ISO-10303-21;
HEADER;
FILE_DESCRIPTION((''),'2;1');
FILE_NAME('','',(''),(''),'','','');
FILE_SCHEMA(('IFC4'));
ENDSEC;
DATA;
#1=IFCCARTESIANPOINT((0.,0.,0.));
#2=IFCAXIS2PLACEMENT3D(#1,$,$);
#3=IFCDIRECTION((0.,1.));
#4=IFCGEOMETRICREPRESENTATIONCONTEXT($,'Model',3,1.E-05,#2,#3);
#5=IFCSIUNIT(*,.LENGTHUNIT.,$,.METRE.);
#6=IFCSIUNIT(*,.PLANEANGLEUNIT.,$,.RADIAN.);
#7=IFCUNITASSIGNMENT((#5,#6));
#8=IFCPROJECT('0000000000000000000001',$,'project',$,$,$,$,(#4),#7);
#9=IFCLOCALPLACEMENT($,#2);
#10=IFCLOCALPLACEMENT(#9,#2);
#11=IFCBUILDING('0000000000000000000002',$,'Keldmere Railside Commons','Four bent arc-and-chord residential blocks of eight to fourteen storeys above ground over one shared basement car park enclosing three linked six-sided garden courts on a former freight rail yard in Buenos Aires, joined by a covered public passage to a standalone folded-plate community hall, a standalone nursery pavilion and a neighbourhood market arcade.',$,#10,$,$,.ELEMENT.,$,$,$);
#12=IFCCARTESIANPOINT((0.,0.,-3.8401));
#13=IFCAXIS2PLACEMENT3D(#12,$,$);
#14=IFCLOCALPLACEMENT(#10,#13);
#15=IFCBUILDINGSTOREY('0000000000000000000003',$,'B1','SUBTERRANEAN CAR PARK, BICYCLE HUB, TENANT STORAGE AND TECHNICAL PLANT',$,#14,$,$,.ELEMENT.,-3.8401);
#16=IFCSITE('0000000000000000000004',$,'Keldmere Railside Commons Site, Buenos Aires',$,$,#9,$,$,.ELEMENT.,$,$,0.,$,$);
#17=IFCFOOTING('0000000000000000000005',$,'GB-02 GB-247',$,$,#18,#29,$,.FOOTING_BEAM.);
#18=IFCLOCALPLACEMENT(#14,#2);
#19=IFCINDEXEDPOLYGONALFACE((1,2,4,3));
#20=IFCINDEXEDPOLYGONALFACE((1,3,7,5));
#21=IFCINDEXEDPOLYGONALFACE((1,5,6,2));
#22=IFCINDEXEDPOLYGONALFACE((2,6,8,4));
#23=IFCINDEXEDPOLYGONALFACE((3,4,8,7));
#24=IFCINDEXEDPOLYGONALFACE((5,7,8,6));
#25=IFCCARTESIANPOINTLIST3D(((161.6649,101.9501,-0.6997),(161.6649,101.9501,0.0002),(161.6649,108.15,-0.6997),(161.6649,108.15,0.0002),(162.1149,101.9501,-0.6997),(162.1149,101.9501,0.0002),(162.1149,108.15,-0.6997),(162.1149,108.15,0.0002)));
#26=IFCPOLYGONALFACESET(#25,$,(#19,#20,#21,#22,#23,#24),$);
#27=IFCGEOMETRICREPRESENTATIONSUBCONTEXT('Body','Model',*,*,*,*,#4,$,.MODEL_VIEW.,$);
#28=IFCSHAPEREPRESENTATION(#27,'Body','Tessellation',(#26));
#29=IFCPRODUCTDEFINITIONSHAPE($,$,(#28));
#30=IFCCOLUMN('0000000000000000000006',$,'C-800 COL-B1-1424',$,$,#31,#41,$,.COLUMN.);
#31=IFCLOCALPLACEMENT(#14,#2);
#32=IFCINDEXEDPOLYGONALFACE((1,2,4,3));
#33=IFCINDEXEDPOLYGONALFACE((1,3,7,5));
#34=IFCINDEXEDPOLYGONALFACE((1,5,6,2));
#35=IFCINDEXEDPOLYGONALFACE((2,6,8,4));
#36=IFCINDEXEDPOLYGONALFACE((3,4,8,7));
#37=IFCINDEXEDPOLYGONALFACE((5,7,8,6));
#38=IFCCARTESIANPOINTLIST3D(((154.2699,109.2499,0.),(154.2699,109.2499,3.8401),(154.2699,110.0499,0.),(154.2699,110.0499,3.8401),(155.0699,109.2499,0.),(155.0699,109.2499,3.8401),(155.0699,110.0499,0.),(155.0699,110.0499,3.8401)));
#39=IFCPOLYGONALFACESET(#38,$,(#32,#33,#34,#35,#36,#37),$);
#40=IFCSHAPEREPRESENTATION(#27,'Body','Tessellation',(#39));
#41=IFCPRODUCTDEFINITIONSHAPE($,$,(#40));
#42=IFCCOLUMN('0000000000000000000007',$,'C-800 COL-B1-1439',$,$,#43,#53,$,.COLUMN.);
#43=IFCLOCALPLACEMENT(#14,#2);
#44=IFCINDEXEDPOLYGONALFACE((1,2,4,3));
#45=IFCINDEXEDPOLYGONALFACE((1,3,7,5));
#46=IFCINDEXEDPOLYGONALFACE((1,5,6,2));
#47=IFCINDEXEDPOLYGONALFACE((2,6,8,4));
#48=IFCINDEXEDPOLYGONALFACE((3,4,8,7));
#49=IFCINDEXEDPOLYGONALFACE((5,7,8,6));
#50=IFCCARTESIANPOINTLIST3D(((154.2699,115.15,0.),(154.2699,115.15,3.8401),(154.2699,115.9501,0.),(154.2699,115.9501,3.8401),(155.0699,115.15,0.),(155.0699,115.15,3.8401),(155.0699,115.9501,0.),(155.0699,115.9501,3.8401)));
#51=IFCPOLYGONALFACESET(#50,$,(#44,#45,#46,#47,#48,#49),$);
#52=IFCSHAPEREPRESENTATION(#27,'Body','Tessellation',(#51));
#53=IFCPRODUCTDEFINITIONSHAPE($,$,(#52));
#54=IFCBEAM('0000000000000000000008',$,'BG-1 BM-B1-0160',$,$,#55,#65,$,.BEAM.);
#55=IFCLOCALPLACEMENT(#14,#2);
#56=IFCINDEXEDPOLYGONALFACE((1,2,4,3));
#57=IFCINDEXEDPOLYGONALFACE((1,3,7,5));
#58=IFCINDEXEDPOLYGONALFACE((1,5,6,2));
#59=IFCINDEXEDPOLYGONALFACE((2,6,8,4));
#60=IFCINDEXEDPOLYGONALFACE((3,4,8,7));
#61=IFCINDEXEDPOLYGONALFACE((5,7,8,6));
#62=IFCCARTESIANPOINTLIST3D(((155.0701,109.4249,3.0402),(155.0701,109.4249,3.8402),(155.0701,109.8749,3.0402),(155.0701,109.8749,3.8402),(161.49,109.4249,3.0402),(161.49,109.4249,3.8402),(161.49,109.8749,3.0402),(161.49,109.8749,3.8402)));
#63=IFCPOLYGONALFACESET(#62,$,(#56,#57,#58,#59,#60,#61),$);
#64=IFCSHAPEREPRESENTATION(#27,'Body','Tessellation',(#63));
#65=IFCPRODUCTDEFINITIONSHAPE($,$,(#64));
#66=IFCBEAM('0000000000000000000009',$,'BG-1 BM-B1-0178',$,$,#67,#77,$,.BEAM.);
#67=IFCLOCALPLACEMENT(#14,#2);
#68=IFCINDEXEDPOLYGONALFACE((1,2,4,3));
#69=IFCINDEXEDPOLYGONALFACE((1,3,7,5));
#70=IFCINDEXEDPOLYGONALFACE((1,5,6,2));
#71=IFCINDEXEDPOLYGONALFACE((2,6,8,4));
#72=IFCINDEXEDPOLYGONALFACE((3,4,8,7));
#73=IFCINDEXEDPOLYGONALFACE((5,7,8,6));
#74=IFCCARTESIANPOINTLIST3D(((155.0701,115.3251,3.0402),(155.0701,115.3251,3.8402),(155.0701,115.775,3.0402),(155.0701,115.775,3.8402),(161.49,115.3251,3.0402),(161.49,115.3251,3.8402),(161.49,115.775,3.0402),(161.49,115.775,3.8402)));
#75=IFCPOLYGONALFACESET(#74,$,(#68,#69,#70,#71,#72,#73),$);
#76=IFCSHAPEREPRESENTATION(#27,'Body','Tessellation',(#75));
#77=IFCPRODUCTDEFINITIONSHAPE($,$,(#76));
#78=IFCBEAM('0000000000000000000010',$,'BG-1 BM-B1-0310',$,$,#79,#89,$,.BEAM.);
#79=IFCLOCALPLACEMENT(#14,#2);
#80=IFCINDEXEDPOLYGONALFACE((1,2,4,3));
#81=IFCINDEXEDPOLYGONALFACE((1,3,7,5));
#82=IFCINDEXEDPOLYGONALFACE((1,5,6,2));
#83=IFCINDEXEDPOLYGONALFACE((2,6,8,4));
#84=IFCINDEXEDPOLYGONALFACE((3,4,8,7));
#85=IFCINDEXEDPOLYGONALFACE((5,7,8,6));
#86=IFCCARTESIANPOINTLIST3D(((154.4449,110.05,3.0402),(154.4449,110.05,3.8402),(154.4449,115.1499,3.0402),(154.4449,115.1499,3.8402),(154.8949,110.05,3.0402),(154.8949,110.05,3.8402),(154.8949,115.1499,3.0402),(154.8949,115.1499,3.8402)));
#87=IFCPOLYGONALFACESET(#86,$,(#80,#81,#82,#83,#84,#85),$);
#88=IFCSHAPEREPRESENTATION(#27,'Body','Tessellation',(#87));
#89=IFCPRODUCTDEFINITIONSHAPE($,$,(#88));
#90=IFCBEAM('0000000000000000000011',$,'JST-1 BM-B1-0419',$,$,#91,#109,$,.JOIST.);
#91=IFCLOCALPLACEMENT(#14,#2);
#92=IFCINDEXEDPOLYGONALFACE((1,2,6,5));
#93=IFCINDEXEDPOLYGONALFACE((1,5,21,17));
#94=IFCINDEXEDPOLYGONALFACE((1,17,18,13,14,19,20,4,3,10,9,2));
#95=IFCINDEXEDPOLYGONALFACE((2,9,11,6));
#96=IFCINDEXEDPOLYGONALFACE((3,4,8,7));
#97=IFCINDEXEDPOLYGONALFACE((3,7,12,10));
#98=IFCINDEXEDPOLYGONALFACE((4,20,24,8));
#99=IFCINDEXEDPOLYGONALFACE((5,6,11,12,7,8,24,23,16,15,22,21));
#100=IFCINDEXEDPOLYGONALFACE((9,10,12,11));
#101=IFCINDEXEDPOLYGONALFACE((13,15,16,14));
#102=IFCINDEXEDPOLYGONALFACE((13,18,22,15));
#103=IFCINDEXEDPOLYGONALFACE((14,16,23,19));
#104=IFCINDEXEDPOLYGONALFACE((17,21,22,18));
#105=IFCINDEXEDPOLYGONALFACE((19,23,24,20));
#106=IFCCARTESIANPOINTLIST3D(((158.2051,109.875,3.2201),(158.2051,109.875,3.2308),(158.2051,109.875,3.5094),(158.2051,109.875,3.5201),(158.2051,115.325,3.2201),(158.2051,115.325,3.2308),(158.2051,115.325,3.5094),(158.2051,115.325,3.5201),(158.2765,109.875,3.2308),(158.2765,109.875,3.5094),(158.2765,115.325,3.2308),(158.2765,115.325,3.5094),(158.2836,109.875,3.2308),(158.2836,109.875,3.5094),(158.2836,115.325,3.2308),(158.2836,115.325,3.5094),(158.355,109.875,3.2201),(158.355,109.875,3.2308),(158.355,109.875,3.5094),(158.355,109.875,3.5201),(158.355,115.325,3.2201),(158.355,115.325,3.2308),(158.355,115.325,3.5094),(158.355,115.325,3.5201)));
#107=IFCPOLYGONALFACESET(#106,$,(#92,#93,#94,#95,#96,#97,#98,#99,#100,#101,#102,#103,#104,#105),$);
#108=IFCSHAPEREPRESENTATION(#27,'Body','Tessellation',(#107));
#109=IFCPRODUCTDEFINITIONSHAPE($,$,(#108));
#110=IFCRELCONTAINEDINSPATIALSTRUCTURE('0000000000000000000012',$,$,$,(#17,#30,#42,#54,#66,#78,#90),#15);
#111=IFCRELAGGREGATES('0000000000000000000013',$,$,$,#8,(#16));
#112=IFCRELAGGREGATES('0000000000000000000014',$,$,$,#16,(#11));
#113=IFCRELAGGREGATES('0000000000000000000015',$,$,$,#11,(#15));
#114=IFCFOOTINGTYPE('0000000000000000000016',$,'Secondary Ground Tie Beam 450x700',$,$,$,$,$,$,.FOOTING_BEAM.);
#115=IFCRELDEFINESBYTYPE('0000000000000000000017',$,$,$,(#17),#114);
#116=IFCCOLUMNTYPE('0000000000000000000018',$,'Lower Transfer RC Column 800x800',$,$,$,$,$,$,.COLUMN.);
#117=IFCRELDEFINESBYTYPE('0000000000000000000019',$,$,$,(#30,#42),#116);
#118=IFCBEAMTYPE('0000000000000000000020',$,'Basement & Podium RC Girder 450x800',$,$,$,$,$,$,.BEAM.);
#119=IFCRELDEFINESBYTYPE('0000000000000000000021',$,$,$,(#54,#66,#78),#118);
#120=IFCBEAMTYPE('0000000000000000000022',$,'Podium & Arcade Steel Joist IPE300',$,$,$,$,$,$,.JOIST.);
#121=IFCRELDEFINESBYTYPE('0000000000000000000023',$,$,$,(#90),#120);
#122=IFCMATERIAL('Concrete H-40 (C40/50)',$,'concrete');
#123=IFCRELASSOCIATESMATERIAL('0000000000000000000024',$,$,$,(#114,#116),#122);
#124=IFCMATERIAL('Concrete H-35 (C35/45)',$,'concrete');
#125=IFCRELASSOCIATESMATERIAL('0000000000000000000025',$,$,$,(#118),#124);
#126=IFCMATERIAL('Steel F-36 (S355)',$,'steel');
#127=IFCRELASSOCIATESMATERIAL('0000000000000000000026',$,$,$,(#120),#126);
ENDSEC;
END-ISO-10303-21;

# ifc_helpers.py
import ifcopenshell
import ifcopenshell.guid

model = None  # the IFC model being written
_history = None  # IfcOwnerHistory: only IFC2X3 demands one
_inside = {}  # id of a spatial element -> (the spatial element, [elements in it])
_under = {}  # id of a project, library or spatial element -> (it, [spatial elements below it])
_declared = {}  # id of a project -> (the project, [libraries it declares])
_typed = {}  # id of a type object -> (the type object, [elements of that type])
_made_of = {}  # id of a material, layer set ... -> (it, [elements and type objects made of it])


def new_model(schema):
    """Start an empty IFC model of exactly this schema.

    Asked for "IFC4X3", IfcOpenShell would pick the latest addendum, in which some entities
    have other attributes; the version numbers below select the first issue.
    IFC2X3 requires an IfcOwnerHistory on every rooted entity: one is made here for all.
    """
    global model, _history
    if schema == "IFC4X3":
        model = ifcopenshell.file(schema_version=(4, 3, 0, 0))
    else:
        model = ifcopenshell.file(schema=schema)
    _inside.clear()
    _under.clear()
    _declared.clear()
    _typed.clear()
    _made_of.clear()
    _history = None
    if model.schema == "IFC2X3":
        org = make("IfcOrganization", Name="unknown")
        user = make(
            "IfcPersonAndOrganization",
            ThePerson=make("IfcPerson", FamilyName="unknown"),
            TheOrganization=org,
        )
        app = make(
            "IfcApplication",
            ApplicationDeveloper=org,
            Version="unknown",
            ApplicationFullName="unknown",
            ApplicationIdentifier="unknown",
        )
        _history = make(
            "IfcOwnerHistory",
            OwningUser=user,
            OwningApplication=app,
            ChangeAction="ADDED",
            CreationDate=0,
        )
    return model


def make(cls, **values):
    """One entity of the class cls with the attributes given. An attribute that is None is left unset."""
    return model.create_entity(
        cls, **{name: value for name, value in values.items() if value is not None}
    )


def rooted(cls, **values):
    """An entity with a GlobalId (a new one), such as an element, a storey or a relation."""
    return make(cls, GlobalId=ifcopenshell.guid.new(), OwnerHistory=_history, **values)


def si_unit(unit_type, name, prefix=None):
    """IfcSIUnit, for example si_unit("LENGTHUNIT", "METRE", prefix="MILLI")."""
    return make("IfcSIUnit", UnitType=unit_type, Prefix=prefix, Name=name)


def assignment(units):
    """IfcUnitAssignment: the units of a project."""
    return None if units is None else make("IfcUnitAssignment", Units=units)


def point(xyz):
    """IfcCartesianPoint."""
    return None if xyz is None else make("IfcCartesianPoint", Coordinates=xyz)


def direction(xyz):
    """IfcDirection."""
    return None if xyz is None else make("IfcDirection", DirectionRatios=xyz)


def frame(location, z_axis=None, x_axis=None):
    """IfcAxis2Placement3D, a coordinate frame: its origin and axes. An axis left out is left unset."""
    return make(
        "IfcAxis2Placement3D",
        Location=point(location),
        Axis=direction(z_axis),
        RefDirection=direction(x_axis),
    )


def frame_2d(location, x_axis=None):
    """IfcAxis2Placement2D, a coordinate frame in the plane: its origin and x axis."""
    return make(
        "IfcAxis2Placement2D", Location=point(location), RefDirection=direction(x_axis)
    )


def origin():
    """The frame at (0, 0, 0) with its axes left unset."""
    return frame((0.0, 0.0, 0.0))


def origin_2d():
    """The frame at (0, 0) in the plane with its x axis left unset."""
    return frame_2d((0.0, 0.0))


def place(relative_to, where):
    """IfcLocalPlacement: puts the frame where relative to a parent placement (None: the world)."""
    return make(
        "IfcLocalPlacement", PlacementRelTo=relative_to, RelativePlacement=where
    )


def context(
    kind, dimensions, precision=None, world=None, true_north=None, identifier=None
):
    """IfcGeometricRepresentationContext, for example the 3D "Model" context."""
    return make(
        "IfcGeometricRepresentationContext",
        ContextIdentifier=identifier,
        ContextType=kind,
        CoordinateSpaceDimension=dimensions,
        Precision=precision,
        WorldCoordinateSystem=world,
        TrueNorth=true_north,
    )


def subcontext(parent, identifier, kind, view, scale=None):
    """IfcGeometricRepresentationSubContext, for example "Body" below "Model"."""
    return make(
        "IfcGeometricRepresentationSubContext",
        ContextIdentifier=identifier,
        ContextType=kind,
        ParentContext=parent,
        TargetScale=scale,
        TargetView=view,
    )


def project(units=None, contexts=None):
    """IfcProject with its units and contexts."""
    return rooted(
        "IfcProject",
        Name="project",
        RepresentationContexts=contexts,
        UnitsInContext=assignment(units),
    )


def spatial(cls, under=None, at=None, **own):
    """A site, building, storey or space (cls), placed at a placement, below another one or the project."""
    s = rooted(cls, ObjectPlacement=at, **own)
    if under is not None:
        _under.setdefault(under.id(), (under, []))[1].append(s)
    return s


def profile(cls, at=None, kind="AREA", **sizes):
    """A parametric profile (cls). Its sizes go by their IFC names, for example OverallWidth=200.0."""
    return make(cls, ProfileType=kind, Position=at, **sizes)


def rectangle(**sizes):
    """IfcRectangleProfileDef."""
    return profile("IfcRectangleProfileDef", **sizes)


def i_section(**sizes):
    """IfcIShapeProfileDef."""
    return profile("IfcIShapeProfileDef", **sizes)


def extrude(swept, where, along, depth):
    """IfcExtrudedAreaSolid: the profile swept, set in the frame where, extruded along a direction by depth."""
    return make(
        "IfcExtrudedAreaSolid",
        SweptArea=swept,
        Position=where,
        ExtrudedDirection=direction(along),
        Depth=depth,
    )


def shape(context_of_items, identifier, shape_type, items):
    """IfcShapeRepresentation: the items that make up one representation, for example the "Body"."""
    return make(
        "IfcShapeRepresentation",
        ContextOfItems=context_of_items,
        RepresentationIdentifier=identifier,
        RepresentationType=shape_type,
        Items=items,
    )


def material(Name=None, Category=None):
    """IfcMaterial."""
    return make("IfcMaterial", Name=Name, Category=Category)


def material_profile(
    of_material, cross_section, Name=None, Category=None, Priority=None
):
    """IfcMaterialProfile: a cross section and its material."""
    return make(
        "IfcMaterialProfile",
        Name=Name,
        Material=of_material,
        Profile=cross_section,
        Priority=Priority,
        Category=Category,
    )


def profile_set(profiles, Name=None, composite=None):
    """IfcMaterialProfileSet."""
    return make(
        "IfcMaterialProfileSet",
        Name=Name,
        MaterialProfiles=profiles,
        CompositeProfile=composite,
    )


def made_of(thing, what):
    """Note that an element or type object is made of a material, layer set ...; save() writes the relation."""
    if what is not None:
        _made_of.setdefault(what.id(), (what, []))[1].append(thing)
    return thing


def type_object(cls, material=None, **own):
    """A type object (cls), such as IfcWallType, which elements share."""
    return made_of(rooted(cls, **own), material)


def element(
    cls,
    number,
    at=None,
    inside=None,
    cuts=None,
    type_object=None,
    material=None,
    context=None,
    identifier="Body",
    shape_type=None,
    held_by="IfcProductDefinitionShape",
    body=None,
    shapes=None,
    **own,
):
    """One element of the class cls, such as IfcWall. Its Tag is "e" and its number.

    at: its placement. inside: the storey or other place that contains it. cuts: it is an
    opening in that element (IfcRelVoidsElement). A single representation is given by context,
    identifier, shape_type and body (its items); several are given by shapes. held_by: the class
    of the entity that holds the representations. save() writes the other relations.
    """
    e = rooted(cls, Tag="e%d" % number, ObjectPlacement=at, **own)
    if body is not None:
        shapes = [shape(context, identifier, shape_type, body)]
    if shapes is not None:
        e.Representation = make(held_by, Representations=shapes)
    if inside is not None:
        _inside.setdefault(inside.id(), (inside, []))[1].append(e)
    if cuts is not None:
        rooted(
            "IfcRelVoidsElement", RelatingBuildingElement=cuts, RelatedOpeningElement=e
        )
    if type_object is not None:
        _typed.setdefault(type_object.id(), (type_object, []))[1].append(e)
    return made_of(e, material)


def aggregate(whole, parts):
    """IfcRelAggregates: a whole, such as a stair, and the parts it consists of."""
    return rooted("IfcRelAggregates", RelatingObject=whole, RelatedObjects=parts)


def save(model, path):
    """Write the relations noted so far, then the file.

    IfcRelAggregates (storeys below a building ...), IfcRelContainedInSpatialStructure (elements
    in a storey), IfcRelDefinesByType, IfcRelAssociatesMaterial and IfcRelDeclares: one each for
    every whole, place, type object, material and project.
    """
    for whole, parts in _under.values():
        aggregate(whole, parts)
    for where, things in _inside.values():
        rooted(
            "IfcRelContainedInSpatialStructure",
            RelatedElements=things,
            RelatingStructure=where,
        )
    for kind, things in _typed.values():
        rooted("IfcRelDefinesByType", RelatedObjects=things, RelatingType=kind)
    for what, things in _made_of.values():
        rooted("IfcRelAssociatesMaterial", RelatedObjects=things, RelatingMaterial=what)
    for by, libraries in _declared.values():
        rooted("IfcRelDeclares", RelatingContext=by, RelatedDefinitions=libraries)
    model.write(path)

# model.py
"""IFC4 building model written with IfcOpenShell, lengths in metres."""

from ifc_helpers import new_model, si_unit, direction, frame, origin, origin_2d, place, context, subcontext, project, spatial, rectangle, i_section, extrude, material, material_profile, profile_set, type_object, element, save


model = new_model("IFC4")

# Units and contexts
model_context = context("Model", 3, precision=1e-05, world=origin(), true_north=direction((0.0, 1.0)))
body_context = subcontext(model_context, "Body", "Model", "MODEL_VIEW")
ifc_project = project(units=[si_unit("LENGTHUNIT", "METRE"), si_unit("PLANEANGLEUNIT", "RADIAN")], contexts=[model_context])

# Site, building, storey
site_placement = place(None, origin())
site = spatial("IfcSite", under=ifc_project, at=site_placement, Name="Keldmere Railside Commons Site, Buenos Aires", CompositionType="ELEMENT", RefElevation=0.0)
building_placement = place(site_placement, origin())
building = spatial("IfcBuilding", under=site, at=building_placement, Name="Keldmere Railside Commons", Description="Four bent arc-and-chord residential blocks of eight to fourteen storeys above ground over one shared basement car park enclosing three linked six-sided garden courts on a former freight rail yard in Buenos Aires, joined by a covered public passage to a standalone folded-plate community hall, a standalone nursery pavilion and a neighbourhood market arcade.", CompositionType="ELEMENT")
storey_placement = place(building_placement, frame((0.0, 0.0, -3.8401)))
storey = spatial("IfcBuildingStorey", under=building, at=storey_placement, Name="B1", Description="SUBTERRANEAN CAR PARK, BICYCLE HUB, TENANT STORAGE AND TECHNICAL PLANT", CompositionType="ELEMENT", Elevation=-3.8401)

# Footing
ifc_material_1 = material(Name="Concrete H-40 (C40/50)", Category="concrete")
footing_type_1 = type_object("IfcFootingType", Name="Secondary Ground Tie Beam 450x700", PredefinedType="FOOTING_BEAM", material=ifc_material_1)
footing_1_placement = place(storey_placement, frame((161.8899, 105.05, -0.6997), z_axis=(0.0, 0.0, 1.0), x_axis=(0.0, 1.0, 0.0)))
element("IfcFooting", 1, at=footing_1_placement, inside=storey, type_object=footing_type_1, Name="GB-02 GB-247", PredefinedType="FOOTING_BEAM", context=body_context, shape_type="SweptSolid", body=[
    extrude(rectangle(XDim=6.2, YDim=0.45, at=origin_2d()), origin(), (0.0, 0.0, 1.0), 0.7),
])

# Columns
ifc_material_profile_1 = material_profile(ifc_material_1, rectangle(XDim=0.8, YDim=0.8, at=origin_2d()), Name="RC-800x800")
ifc_profile_set_1 = profile_set([ifc_material_profile_1], Name="Concrete H-40 (C40/50)")
column_type = type_object("IfcColumnType", Name="Lower Transfer RC Column 800x800", PredefinedType="COLUMN", material=ifc_profile_set_1)
for number, where, z_axis, x_axis, name in (
    (2, (154.6699, 109.6499, 0.0), (0.0, 0.0, 1.0), (1.0, 0.0, 0.0), "C-800 COL-B1-1424"),
    (3, (154.6699, 115.55, 0.0), (0.0, 0.0, 1.0), (1.0, 0.0, 0.0), "C-800 COL-B1-1439"),
):
    element("IfcColumn", number, at=place(storey_placement, frame(where, z_axis=z_axis, x_axis=x_axis)), inside=storey, type_object=column_type, Name=name, PredefinedType="COLUMN", context=body_context, shape_type="SweptSolid", body=[
        extrude(rectangle(XDim=0.8, YDim=0.8, at=origin_2d()), origin(), (0.0, 0.0, 1.0), 3.8401),
    ])

# Beams
ifc_material_2 = material(Name="Concrete H-35 (C35/45)", Category="concrete")
ifc_material_profile_2 = material_profile(ifc_material_2, rectangle(XDim=0.45, YDim=0.8, at=origin_2d()), Name="RC-450x800")
ifc_profile_set_2 = profile_set([ifc_material_profile_2], Name="Concrete H-35 (C35/45)")
beam_type_1 = type_object("IfcBeamType", Name="Basement & Podium RC Girder 450x800", PredefinedType="BEAM", material=ifc_profile_set_2)
for number, where, z_axis, x_axis, name in (
    (4, (155.0701, 109.6499, 3.4402), (1.0, 0.0, 0.0), (0.0, 1.0, 0.0), "BG-1 BM-B1-0160"),
    (5, (155.0701, 115.55, 3.4402), (1.0, 0.0, 0.0), (0.0, 1.0, 0.0), "BG-1 BM-B1-0178"),
):
    element("IfcBeam", number, at=place(storey_placement, frame(where, z_axis=z_axis, x_axis=x_axis)), inside=storey, type_object=beam_type_1, Name=name, PredefinedType="BEAM", context=body_context, shape_type="SweptSolid", body=[
        extrude(rectangle(XDim=0.45, YDim=0.8, at=origin_2d()), origin(), (0.0, 0.0, 1.0), 6.4199),
    ])
beam_1_placement = place(storey_placement, frame((154.6699, 110.05, 3.4402), z_axis=(0.0, 1.0, 0.0), x_axis=(-1.0, 0.0, 0.0)))
element("IfcBeam", 6, at=beam_1_placement, inside=storey, type_object=beam_type_1, Name="BG-1 BM-B1-0310", PredefinedType="BEAM", context=body_context, shape_type="SweptSolid", body=[
    extrude(rectangle(XDim=0.45, YDim=0.8, at=origin_2d()), origin(), (0.0, 0.0, 1.0), 5.0999),
])
ifc_material_3 = material(Name="Steel F-36 (S355)", Category="steel")
ifc_material_profile_3 = material_profile(ifc_material_3, i_section(OverallWidth=0.1499, OverallDepth=0.3, WebThickness=0.0071, FlangeThickness=0.0107, at=origin_2d()), Name="IPE-300")
ifc_profile_set_3 = profile_set([ifc_material_profile_3], Name="Steel F-36 (S355)")
beam_type_2 = type_object("IfcBeamType", Name="Podium & Arcade Steel Joist IPE300", PredefinedType="JOIST", material=ifc_profile_set_3)
beam_2_placement = place(storey_placement, frame((158.28, 109.875, 3.3701), z_axis=(0.0, 1.0, 0.0), x_axis=(-1.0, 0.0, 0.0)))
element("IfcBeam", 7, at=beam_2_placement, inside=storey, type_object=beam_type_2, Name="JST-1 BM-B1-0419", PredefinedType="JOIST", context=body_context, shape_type="SweptSolid", body=[
    extrude(i_section(OverallWidth=0.1499, OverallDepth=0.3, WebThickness=0.0071, FlangeThickness=0.0107, at=origin_2d()), origin(), (0.0, 0.0, 1.0), 5.45),
])

save(model, "model.ifc")
